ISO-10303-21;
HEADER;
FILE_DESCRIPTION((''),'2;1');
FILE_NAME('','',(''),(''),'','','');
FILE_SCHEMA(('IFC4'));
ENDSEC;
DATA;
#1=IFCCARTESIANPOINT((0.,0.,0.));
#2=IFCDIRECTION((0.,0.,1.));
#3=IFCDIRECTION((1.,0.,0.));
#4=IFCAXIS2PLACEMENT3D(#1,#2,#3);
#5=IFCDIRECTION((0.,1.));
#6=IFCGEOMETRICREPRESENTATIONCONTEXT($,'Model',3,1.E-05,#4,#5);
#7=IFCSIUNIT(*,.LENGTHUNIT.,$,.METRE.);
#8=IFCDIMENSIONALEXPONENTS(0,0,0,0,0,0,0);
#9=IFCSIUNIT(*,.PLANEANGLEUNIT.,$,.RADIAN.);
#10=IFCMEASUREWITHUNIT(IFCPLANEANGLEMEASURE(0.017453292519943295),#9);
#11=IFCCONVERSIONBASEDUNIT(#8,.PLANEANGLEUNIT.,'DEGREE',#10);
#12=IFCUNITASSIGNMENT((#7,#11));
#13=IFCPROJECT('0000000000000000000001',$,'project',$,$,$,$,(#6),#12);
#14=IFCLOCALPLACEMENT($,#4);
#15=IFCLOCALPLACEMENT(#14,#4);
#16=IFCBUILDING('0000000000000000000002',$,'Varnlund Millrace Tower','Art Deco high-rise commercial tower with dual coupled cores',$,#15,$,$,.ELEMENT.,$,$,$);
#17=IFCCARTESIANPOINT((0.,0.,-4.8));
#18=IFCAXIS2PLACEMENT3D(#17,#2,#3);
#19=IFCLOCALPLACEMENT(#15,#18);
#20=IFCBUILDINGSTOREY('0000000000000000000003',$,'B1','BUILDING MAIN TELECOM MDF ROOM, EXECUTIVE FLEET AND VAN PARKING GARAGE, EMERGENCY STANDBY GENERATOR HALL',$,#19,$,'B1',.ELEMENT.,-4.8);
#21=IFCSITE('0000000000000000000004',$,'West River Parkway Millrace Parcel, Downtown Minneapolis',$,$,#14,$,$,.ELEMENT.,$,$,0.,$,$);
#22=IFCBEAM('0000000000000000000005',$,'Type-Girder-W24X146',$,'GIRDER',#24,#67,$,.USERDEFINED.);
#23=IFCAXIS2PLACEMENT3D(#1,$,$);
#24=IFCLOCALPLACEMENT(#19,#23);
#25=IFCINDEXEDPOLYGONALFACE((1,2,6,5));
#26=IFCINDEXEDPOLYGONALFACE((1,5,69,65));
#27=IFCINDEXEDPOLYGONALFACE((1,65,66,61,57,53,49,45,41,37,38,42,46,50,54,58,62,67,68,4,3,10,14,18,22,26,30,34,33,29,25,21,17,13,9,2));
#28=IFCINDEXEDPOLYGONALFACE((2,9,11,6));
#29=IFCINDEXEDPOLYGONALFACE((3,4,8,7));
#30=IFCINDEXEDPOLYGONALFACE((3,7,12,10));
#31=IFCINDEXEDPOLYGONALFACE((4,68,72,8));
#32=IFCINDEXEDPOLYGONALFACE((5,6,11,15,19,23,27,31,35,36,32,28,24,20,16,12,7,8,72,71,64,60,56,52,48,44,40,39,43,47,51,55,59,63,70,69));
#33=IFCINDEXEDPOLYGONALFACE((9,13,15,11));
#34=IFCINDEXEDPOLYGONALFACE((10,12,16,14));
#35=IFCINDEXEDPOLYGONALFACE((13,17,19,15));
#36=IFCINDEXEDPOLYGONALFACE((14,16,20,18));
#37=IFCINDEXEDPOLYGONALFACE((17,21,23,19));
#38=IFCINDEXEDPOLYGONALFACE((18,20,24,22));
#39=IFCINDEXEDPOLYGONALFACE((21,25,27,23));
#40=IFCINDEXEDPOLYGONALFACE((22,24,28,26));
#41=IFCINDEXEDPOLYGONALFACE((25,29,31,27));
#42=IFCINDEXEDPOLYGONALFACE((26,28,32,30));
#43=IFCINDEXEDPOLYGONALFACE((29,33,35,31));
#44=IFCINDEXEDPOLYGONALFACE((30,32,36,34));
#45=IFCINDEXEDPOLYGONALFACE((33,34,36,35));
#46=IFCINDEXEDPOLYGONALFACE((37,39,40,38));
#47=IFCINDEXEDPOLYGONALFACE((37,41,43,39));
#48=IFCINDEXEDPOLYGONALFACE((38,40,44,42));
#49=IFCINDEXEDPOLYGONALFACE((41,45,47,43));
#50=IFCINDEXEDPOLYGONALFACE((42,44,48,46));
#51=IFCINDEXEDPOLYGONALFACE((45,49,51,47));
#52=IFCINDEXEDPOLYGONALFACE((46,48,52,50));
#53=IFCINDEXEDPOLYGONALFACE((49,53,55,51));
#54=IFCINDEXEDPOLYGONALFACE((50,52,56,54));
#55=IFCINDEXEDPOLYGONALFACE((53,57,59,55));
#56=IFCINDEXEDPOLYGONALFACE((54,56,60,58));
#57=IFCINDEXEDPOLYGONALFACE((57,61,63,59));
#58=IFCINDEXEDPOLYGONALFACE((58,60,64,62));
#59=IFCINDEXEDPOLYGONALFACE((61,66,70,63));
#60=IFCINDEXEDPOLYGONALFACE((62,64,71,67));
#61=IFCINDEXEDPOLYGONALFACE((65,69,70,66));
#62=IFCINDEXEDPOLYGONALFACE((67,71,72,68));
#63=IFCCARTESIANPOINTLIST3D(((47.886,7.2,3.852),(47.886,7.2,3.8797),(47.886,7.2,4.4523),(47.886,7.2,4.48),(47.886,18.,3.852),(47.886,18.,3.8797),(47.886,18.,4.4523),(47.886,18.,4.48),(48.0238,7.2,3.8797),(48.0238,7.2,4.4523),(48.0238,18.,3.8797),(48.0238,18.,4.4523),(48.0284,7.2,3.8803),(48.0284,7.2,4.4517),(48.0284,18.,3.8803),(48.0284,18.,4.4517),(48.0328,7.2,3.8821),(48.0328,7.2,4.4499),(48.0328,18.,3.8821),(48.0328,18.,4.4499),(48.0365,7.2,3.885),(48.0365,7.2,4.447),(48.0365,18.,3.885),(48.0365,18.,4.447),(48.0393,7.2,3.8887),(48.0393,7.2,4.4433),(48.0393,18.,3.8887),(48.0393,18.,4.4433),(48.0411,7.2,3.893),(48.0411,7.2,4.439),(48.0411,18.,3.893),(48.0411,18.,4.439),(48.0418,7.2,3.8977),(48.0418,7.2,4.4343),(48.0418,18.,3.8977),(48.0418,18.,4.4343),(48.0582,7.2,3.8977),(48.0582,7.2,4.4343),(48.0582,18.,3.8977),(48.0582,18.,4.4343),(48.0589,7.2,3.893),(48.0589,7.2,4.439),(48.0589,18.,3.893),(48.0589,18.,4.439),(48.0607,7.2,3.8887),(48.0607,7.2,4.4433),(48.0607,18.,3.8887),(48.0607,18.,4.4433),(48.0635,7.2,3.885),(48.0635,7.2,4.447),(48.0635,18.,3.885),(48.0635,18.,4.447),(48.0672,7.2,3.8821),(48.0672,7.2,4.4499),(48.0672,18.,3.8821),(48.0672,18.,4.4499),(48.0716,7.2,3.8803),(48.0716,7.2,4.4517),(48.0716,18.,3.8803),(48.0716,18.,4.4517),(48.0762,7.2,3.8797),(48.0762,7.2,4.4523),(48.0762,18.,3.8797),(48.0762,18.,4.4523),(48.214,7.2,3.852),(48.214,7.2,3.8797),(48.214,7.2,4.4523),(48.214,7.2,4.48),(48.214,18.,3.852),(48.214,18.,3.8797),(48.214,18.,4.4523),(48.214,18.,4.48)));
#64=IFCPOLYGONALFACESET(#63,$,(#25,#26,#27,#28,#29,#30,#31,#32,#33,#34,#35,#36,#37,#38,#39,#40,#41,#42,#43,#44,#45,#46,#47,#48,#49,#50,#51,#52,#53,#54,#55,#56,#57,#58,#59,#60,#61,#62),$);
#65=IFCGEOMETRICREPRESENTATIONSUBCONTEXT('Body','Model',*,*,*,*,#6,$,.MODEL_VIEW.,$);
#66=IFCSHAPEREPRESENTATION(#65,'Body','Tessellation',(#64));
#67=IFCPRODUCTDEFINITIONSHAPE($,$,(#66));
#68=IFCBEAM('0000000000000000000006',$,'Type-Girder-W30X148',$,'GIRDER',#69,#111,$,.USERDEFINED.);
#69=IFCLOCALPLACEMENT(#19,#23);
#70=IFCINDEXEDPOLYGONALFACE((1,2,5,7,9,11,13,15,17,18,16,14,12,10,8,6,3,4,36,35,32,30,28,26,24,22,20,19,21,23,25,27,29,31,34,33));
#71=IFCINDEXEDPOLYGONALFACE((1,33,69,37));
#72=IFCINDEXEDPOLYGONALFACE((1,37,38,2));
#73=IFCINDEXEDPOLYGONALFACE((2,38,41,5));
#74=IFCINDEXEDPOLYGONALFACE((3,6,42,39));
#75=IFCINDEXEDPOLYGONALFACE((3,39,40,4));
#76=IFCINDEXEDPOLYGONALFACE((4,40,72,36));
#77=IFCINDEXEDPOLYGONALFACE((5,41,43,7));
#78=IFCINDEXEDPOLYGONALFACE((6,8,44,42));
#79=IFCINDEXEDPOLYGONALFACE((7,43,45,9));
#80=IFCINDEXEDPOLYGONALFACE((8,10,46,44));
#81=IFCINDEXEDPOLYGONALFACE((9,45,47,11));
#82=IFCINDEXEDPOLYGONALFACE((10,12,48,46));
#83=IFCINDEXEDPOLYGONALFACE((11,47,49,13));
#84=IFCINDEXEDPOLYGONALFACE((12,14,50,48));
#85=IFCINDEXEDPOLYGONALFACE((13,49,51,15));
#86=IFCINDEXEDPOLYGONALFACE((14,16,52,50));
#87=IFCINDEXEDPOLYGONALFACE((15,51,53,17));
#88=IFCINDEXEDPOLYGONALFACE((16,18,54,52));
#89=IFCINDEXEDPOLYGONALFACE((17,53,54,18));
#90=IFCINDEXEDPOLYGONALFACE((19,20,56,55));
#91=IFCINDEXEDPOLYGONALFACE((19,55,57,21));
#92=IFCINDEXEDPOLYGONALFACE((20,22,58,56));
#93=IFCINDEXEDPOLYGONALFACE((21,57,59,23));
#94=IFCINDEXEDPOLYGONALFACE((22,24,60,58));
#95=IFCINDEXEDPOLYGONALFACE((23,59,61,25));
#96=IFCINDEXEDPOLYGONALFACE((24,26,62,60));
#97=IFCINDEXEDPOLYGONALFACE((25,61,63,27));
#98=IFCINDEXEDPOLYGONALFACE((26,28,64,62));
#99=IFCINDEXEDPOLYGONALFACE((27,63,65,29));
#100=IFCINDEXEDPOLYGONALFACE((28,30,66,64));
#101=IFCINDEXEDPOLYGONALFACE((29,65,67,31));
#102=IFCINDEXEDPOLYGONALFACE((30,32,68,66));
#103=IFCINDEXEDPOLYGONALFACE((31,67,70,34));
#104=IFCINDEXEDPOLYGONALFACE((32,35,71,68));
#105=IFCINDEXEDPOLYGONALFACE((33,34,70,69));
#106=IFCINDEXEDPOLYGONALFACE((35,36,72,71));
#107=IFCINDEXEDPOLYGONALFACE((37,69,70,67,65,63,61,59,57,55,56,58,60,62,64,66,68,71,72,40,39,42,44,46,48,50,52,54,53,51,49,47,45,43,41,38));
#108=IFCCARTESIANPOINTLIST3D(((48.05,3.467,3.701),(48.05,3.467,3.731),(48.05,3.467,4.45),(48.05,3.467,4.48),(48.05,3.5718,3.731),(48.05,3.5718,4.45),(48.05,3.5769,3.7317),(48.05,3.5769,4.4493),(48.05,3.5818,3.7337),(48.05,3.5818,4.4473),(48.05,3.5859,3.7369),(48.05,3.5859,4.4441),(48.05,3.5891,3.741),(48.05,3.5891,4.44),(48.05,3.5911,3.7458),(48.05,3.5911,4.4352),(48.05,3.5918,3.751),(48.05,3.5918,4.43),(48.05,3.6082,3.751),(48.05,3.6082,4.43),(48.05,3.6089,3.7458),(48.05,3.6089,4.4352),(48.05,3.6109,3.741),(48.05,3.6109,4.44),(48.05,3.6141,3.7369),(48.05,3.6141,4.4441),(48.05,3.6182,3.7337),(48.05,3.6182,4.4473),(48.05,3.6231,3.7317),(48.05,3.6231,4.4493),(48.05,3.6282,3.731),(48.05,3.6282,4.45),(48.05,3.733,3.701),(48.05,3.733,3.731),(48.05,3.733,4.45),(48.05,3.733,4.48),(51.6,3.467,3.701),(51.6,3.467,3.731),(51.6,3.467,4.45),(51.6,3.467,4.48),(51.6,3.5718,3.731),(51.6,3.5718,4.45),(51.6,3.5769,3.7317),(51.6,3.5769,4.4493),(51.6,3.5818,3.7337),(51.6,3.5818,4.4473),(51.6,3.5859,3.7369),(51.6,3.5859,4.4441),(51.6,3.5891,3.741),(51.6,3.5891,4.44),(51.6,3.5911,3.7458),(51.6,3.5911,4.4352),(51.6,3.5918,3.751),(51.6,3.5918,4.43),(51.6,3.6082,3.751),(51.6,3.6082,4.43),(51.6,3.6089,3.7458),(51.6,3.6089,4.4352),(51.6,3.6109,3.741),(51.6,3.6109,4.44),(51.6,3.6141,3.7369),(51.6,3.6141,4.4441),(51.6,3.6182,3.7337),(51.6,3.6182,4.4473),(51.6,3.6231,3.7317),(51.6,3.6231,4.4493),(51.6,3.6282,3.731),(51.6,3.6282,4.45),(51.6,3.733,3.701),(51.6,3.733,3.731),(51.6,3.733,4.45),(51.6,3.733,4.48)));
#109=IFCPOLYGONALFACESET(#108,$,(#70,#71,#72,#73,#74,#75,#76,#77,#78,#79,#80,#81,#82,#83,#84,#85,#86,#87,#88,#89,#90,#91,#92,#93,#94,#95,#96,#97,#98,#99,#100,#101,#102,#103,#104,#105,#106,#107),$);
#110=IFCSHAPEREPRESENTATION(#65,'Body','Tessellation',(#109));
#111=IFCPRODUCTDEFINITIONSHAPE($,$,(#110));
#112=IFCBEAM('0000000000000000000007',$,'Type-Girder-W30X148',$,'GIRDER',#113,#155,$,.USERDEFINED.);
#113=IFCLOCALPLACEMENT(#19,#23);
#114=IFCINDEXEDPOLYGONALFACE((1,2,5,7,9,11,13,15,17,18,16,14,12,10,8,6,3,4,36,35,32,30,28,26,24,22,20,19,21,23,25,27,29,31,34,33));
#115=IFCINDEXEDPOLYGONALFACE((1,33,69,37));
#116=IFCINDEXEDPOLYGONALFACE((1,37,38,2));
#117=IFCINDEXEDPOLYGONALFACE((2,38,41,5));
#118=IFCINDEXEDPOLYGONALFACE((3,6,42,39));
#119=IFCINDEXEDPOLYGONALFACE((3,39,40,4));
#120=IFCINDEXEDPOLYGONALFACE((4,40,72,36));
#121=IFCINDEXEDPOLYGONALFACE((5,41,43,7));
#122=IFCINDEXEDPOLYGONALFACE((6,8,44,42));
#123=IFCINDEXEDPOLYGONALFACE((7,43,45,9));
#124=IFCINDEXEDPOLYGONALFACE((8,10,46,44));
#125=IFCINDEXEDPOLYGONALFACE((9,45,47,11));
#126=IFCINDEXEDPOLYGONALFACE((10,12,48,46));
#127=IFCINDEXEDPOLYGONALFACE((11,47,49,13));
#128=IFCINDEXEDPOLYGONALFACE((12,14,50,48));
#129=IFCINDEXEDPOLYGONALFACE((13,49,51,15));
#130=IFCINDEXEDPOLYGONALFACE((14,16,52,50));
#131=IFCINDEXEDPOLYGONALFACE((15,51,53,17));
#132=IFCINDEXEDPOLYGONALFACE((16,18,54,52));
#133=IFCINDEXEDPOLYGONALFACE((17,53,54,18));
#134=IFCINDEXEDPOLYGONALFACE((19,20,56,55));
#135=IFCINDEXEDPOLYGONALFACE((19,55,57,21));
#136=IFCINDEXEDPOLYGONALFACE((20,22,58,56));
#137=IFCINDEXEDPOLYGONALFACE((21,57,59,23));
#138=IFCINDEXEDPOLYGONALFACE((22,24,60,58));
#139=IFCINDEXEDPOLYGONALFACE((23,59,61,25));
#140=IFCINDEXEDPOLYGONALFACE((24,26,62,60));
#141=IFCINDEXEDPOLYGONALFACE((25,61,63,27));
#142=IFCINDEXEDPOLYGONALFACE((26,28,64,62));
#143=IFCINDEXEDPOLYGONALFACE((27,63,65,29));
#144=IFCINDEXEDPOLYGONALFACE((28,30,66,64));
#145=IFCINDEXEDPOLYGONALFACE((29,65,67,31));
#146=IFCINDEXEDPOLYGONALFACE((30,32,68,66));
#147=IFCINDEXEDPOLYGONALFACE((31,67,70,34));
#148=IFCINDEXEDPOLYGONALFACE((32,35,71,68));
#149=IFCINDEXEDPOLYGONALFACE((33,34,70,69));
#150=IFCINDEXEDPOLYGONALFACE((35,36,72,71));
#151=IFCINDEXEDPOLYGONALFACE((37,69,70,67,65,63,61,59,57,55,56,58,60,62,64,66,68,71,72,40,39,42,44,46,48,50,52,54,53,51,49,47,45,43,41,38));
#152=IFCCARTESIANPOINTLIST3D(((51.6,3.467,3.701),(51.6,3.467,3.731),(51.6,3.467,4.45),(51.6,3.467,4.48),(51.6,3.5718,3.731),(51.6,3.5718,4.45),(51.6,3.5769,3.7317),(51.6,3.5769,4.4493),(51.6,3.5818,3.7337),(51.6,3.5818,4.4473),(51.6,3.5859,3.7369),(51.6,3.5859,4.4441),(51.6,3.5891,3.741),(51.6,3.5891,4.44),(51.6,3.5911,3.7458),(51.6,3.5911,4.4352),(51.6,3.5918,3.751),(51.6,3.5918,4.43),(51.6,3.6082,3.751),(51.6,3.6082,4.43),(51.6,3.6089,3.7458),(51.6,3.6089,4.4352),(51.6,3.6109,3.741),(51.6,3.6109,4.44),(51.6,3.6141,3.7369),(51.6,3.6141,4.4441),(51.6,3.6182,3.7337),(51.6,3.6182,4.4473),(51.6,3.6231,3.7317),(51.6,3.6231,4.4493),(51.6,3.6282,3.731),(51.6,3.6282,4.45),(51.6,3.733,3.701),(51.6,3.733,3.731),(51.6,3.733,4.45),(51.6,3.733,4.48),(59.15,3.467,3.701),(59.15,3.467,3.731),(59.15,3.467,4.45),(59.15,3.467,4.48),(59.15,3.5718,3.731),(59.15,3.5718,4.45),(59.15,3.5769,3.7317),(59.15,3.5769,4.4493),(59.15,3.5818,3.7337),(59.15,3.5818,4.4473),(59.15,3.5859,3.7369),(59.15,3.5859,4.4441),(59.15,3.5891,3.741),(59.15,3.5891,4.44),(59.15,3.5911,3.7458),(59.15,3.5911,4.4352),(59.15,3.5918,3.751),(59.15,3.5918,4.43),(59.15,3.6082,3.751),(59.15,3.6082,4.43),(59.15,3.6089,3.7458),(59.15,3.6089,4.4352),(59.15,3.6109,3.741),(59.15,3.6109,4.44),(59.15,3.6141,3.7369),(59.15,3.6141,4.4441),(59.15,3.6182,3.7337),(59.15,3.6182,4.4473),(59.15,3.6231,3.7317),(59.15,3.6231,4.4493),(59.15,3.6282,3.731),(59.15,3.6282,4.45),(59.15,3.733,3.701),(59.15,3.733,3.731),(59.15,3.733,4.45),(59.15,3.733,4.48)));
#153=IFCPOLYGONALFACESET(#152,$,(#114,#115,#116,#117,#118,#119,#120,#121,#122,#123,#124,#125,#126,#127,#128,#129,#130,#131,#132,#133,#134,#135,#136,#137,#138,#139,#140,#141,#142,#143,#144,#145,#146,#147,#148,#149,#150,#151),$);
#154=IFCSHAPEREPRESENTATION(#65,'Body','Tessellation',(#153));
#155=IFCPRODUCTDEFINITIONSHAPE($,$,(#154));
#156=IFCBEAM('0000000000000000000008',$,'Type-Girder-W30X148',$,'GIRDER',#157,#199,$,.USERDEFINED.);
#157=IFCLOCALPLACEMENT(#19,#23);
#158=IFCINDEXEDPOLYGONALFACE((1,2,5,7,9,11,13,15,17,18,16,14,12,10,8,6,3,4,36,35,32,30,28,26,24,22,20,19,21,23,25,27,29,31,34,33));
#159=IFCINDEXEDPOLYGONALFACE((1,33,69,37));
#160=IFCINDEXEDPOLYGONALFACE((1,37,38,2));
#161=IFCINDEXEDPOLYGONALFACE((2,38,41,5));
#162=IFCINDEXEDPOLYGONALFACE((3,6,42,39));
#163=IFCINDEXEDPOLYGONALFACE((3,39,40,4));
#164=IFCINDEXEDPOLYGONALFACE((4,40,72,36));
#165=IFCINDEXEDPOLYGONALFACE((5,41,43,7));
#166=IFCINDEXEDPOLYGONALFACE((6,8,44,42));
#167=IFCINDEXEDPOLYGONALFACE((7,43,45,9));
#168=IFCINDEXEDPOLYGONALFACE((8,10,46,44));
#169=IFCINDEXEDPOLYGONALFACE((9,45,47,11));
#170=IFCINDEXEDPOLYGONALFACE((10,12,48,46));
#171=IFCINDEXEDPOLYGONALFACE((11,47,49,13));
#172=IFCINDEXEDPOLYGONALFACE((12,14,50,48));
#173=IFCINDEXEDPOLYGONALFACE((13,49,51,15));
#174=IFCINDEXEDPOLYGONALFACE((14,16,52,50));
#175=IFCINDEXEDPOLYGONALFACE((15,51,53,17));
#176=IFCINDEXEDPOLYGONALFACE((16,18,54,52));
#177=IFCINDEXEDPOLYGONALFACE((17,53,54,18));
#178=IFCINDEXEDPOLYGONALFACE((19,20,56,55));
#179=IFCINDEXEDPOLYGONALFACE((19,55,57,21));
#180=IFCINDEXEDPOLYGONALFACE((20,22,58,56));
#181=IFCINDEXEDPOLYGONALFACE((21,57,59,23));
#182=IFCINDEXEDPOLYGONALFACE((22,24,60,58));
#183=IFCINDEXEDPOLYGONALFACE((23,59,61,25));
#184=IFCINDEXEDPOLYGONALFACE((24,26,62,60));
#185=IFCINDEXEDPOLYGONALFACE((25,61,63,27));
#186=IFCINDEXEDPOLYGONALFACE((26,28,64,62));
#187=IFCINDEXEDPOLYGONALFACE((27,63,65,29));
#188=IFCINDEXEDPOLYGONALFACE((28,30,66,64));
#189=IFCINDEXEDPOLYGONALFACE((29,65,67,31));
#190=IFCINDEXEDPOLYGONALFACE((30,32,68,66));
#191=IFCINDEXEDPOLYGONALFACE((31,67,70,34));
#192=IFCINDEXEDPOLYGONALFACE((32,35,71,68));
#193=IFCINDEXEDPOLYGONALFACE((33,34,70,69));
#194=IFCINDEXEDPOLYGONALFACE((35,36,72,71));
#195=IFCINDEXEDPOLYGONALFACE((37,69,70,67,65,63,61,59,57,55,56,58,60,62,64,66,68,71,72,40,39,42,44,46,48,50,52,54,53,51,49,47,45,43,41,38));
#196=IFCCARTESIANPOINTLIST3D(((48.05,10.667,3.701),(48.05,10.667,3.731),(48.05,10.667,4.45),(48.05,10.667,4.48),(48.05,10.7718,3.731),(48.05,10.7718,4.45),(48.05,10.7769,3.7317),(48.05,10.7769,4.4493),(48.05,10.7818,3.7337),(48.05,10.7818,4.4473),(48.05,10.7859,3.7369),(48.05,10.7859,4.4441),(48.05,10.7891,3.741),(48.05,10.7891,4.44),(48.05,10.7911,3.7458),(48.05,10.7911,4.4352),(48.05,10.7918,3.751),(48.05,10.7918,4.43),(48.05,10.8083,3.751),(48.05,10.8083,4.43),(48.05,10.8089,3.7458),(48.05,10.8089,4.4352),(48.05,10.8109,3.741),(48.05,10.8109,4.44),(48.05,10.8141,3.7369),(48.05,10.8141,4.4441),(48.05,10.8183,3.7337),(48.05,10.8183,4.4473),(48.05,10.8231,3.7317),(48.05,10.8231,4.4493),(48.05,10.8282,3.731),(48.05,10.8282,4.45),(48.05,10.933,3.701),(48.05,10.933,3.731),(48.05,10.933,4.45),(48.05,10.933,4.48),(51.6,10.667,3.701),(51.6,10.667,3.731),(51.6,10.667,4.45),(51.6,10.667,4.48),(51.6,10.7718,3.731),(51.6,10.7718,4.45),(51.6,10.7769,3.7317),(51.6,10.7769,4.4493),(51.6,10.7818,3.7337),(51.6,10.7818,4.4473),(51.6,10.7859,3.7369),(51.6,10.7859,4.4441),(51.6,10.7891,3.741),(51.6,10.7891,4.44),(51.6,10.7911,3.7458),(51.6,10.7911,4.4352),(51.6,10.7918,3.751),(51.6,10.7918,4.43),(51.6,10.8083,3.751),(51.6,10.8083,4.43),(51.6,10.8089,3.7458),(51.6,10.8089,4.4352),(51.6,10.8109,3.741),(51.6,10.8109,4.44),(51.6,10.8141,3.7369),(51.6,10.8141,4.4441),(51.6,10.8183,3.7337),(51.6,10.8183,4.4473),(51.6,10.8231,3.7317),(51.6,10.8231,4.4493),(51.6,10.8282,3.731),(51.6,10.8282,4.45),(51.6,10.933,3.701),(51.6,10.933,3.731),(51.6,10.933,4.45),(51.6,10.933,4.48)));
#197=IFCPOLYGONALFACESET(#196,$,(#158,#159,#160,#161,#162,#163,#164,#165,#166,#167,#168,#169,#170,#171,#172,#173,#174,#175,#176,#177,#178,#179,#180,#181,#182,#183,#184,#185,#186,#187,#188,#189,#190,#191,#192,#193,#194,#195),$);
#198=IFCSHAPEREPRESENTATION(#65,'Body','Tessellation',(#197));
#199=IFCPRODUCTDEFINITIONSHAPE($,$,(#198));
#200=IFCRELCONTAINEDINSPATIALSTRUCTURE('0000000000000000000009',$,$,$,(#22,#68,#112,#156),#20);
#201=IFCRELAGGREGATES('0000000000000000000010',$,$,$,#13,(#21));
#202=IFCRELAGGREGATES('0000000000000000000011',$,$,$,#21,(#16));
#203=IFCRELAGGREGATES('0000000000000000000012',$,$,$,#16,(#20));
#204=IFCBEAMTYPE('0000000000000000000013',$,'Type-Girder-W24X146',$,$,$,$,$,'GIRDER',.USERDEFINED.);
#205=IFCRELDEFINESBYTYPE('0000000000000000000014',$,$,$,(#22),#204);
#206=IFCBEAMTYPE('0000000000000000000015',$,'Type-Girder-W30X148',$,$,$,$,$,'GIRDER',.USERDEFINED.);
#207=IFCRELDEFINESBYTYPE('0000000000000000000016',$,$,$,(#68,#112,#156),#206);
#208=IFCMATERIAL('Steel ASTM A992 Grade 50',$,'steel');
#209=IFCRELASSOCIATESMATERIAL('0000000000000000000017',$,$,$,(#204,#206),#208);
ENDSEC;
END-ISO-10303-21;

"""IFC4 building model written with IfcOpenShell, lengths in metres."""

from ifc_helpers import new_model, entity, si_unit, converted_unit, direction, frame, origin_with_axes, origin_2d_with_axis, place, context, subcontext, project, spatial, i_section, extrude, material, material_profile, profile_set, type_object, element, save


model = new_model("IFC4")

# Units and contexts
model_context = context("Model", 3, precision=1e-05, world=origin_with_axes(), true_north=direction((0.0, 1.0)))
body_context = subcontext(model_context, "Body", "Model", "MODEL_VIEW")
ifc_project = project(units=[si_unit("LENGTHUNIT", "METRE"), converted_unit("PLANEANGLEUNIT", "DEGREE", entity("IfcPlaneAngleMeasure", 0.017453292519943295), si_unit("PLANEANGLEUNIT", "RADIAN"), dimensions=[0, 0, 0, 0, 0, 0, 0])], contexts=[model_context])

# Site, building, storey
site_placement = place(None, origin_with_axes())
site = spatial("IfcSite", under=ifc_project, at=site_placement, Name="West River Parkway Millrace Parcel, Downtown Minneapolis", CompositionType="ELEMENT", RefElevation=0.0)
building_placement = place(site_placement, origin_with_axes())
building = spatial("IfcBuilding", under=site, at=building_placement, Name="Varnlund Millrace Tower", Description="Art Deco high-rise commercial tower with dual coupled cores", CompositionType="ELEMENT")
storey_placement = place(building_placement, frame((0.0, 0.0, -4.8), z_axis=(0.0, 0.0, 1.0), x_axis=(1.0, 0.0, 0.0)))
storey = spatial("IfcBuildingStorey", under=building, at=storey_placement, Name="B1", Description="BUILDING MAIN TELECOM MDF ROOM, EXECUTIVE FLEET AND VAN PARKING GARAGE, EMERGENCY STANDBY GENERATOR HALL", LongName="B1", CompositionType="ELEMENT", Elevation=-4.8)

# Beams
ifc_material_1 = material(Name="Steel ASTM A992 Grade 50", Category="steel")
ifc_material_profile_1 = material_profile(ifc_material_1, i_section(OverallWidth=0.328, OverallDepth=0.628, WebThickness=0.0165, FlangeThickness=0.0277, FilletRadius=0.018, at=origin_2d_with_axis()), Name="Steel ASTM A992 Grade 50")
ifc_profile_set_1 = profile_set([ifc_material_profile_1], Name="Steel ASTM A992 Grade 50")
beam_type_1 = type_object("IfcBeamType", Name="Type-Girder-W24X146", ElementType="GIRDER", PredefinedType="USERDEFINED", material=ifc_profile_set_1)
beam_1_placement = place(storey_placement, frame((48.05, 7.2, 4.166), z_axis=(0.0, 1.0, 0.0), x_axis=(-1.0, 0.0, 0.0)))
element("IfcBeam", 1, at=beam_1_placement, inside=storey, type_object=beam_type_1, Name="Type-Girder-W24X146", ObjectType="GIRDER", PredefinedType="USERDEFINED", context=body_context, shape_type="SweptSolid", body=[
    extrude(i_section(OverallWidth=0.328, OverallDepth=0.628, WebThickness=0.0165, FlangeThickness=0.0277, FilletRadius=0.018, at=origin_2d_with_axis()), origin_with_axes(), (0.0, 0.0, 1.0), 10.8),
])
ifc_material_profile_2 = material_profile(ifc_material_1, i_section(OverallWidth=0.266, OverallDepth=0.779, WebThickness=0.0165, FlangeThickness=0.03, FilletRadius=0.02, at=origin_2d_with_axis()), Name="Steel ASTM A992 Grade 50")
ifc_profile_set_2 = profile_set([ifc_material_profile_2], Name="Steel ASTM A992 Grade 50")
beam_type_2 = type_object("IfcBeamType", Name="Type-Girder-W30X148", ElementType="GIRDER", PredefinedType="USERDEFINED", material=ifc_profile_set_2)
beam_2_placement = place(storey_placement, frame((48.05, 3.6, 4.0905), z_axis=(1.0, 0.0, 0.0), x_axis=(0.0, 1.0, 0.0)))
element("IfcBeam", 2, at=beam_2_placement, inside=storey, type_object=beam_type_2, Name="Type-Girder-W30X148", ObjectType="GIRDER", PredefinedType="USERDEFINED", context=body_context, shape_type="SweptSolid", body=[
    extrude(i_section(OverallWidth=0.266, OverallDepth=0.779, WebThickness=0.0165, FlangeThickness=0.03, FilletRadius=0.02, at=origin_2d_with_axis()), origin_with_axes(), (0.0, 0.0, 1.0), 3.55),
])
beam_3_placement = place(storey_placement, frame((51.6, 3.6, 4.0905), z_axis=(1.0, 0.0, 0.0), x_axis=(0.0, 1.0, 0.0)))
element("IfcBeam", 3, at=beam_3_placement, inside=storey, type_object=beam_type_2, Name="Type-Girder-W30X148", ObjectType="GIRDER", PredefinedType="USERDEFINED", context=body_context, shape_type="SweptSolid", body=[
    extrude(i_section(OverallWidth=0.266, OverallDepth=0.779, WebThickness=0.0165, FlangeThickness=0.03, FilletRadius=0.02, at=origin_2d_with_axis()), origin_with_axes(), (0.0, 0.0, 1.0), 7.55),
])
beam_4_placement = place(storey_placement, frame((48.05, 10.8, 4.0905), z_axis=(1.0, 0.0, 0.0), x_axis=(0.0, 1.0, 0.0)))
element("IfcBeam", 4, at=beam_4_placement, inside=storey, type_object=beam_type_2, Name="Type-Girder-W30X148", ObjectType="GIRDER", PredefinedType="USERDEFINED", context=body_context, shape_type="SweptSolid", body=[
    extrude(i_section(OverallWidth=0.266, OverallDepth=0.779, WebThickness=0.0165, FlangeThickness=0.03, FilletRadius=0.02, at=origin_2d_with_axis()), origin_with_axes(), (0.0, 0.0, 1.0), 3.55),
])

save(model, "model.ifc")
